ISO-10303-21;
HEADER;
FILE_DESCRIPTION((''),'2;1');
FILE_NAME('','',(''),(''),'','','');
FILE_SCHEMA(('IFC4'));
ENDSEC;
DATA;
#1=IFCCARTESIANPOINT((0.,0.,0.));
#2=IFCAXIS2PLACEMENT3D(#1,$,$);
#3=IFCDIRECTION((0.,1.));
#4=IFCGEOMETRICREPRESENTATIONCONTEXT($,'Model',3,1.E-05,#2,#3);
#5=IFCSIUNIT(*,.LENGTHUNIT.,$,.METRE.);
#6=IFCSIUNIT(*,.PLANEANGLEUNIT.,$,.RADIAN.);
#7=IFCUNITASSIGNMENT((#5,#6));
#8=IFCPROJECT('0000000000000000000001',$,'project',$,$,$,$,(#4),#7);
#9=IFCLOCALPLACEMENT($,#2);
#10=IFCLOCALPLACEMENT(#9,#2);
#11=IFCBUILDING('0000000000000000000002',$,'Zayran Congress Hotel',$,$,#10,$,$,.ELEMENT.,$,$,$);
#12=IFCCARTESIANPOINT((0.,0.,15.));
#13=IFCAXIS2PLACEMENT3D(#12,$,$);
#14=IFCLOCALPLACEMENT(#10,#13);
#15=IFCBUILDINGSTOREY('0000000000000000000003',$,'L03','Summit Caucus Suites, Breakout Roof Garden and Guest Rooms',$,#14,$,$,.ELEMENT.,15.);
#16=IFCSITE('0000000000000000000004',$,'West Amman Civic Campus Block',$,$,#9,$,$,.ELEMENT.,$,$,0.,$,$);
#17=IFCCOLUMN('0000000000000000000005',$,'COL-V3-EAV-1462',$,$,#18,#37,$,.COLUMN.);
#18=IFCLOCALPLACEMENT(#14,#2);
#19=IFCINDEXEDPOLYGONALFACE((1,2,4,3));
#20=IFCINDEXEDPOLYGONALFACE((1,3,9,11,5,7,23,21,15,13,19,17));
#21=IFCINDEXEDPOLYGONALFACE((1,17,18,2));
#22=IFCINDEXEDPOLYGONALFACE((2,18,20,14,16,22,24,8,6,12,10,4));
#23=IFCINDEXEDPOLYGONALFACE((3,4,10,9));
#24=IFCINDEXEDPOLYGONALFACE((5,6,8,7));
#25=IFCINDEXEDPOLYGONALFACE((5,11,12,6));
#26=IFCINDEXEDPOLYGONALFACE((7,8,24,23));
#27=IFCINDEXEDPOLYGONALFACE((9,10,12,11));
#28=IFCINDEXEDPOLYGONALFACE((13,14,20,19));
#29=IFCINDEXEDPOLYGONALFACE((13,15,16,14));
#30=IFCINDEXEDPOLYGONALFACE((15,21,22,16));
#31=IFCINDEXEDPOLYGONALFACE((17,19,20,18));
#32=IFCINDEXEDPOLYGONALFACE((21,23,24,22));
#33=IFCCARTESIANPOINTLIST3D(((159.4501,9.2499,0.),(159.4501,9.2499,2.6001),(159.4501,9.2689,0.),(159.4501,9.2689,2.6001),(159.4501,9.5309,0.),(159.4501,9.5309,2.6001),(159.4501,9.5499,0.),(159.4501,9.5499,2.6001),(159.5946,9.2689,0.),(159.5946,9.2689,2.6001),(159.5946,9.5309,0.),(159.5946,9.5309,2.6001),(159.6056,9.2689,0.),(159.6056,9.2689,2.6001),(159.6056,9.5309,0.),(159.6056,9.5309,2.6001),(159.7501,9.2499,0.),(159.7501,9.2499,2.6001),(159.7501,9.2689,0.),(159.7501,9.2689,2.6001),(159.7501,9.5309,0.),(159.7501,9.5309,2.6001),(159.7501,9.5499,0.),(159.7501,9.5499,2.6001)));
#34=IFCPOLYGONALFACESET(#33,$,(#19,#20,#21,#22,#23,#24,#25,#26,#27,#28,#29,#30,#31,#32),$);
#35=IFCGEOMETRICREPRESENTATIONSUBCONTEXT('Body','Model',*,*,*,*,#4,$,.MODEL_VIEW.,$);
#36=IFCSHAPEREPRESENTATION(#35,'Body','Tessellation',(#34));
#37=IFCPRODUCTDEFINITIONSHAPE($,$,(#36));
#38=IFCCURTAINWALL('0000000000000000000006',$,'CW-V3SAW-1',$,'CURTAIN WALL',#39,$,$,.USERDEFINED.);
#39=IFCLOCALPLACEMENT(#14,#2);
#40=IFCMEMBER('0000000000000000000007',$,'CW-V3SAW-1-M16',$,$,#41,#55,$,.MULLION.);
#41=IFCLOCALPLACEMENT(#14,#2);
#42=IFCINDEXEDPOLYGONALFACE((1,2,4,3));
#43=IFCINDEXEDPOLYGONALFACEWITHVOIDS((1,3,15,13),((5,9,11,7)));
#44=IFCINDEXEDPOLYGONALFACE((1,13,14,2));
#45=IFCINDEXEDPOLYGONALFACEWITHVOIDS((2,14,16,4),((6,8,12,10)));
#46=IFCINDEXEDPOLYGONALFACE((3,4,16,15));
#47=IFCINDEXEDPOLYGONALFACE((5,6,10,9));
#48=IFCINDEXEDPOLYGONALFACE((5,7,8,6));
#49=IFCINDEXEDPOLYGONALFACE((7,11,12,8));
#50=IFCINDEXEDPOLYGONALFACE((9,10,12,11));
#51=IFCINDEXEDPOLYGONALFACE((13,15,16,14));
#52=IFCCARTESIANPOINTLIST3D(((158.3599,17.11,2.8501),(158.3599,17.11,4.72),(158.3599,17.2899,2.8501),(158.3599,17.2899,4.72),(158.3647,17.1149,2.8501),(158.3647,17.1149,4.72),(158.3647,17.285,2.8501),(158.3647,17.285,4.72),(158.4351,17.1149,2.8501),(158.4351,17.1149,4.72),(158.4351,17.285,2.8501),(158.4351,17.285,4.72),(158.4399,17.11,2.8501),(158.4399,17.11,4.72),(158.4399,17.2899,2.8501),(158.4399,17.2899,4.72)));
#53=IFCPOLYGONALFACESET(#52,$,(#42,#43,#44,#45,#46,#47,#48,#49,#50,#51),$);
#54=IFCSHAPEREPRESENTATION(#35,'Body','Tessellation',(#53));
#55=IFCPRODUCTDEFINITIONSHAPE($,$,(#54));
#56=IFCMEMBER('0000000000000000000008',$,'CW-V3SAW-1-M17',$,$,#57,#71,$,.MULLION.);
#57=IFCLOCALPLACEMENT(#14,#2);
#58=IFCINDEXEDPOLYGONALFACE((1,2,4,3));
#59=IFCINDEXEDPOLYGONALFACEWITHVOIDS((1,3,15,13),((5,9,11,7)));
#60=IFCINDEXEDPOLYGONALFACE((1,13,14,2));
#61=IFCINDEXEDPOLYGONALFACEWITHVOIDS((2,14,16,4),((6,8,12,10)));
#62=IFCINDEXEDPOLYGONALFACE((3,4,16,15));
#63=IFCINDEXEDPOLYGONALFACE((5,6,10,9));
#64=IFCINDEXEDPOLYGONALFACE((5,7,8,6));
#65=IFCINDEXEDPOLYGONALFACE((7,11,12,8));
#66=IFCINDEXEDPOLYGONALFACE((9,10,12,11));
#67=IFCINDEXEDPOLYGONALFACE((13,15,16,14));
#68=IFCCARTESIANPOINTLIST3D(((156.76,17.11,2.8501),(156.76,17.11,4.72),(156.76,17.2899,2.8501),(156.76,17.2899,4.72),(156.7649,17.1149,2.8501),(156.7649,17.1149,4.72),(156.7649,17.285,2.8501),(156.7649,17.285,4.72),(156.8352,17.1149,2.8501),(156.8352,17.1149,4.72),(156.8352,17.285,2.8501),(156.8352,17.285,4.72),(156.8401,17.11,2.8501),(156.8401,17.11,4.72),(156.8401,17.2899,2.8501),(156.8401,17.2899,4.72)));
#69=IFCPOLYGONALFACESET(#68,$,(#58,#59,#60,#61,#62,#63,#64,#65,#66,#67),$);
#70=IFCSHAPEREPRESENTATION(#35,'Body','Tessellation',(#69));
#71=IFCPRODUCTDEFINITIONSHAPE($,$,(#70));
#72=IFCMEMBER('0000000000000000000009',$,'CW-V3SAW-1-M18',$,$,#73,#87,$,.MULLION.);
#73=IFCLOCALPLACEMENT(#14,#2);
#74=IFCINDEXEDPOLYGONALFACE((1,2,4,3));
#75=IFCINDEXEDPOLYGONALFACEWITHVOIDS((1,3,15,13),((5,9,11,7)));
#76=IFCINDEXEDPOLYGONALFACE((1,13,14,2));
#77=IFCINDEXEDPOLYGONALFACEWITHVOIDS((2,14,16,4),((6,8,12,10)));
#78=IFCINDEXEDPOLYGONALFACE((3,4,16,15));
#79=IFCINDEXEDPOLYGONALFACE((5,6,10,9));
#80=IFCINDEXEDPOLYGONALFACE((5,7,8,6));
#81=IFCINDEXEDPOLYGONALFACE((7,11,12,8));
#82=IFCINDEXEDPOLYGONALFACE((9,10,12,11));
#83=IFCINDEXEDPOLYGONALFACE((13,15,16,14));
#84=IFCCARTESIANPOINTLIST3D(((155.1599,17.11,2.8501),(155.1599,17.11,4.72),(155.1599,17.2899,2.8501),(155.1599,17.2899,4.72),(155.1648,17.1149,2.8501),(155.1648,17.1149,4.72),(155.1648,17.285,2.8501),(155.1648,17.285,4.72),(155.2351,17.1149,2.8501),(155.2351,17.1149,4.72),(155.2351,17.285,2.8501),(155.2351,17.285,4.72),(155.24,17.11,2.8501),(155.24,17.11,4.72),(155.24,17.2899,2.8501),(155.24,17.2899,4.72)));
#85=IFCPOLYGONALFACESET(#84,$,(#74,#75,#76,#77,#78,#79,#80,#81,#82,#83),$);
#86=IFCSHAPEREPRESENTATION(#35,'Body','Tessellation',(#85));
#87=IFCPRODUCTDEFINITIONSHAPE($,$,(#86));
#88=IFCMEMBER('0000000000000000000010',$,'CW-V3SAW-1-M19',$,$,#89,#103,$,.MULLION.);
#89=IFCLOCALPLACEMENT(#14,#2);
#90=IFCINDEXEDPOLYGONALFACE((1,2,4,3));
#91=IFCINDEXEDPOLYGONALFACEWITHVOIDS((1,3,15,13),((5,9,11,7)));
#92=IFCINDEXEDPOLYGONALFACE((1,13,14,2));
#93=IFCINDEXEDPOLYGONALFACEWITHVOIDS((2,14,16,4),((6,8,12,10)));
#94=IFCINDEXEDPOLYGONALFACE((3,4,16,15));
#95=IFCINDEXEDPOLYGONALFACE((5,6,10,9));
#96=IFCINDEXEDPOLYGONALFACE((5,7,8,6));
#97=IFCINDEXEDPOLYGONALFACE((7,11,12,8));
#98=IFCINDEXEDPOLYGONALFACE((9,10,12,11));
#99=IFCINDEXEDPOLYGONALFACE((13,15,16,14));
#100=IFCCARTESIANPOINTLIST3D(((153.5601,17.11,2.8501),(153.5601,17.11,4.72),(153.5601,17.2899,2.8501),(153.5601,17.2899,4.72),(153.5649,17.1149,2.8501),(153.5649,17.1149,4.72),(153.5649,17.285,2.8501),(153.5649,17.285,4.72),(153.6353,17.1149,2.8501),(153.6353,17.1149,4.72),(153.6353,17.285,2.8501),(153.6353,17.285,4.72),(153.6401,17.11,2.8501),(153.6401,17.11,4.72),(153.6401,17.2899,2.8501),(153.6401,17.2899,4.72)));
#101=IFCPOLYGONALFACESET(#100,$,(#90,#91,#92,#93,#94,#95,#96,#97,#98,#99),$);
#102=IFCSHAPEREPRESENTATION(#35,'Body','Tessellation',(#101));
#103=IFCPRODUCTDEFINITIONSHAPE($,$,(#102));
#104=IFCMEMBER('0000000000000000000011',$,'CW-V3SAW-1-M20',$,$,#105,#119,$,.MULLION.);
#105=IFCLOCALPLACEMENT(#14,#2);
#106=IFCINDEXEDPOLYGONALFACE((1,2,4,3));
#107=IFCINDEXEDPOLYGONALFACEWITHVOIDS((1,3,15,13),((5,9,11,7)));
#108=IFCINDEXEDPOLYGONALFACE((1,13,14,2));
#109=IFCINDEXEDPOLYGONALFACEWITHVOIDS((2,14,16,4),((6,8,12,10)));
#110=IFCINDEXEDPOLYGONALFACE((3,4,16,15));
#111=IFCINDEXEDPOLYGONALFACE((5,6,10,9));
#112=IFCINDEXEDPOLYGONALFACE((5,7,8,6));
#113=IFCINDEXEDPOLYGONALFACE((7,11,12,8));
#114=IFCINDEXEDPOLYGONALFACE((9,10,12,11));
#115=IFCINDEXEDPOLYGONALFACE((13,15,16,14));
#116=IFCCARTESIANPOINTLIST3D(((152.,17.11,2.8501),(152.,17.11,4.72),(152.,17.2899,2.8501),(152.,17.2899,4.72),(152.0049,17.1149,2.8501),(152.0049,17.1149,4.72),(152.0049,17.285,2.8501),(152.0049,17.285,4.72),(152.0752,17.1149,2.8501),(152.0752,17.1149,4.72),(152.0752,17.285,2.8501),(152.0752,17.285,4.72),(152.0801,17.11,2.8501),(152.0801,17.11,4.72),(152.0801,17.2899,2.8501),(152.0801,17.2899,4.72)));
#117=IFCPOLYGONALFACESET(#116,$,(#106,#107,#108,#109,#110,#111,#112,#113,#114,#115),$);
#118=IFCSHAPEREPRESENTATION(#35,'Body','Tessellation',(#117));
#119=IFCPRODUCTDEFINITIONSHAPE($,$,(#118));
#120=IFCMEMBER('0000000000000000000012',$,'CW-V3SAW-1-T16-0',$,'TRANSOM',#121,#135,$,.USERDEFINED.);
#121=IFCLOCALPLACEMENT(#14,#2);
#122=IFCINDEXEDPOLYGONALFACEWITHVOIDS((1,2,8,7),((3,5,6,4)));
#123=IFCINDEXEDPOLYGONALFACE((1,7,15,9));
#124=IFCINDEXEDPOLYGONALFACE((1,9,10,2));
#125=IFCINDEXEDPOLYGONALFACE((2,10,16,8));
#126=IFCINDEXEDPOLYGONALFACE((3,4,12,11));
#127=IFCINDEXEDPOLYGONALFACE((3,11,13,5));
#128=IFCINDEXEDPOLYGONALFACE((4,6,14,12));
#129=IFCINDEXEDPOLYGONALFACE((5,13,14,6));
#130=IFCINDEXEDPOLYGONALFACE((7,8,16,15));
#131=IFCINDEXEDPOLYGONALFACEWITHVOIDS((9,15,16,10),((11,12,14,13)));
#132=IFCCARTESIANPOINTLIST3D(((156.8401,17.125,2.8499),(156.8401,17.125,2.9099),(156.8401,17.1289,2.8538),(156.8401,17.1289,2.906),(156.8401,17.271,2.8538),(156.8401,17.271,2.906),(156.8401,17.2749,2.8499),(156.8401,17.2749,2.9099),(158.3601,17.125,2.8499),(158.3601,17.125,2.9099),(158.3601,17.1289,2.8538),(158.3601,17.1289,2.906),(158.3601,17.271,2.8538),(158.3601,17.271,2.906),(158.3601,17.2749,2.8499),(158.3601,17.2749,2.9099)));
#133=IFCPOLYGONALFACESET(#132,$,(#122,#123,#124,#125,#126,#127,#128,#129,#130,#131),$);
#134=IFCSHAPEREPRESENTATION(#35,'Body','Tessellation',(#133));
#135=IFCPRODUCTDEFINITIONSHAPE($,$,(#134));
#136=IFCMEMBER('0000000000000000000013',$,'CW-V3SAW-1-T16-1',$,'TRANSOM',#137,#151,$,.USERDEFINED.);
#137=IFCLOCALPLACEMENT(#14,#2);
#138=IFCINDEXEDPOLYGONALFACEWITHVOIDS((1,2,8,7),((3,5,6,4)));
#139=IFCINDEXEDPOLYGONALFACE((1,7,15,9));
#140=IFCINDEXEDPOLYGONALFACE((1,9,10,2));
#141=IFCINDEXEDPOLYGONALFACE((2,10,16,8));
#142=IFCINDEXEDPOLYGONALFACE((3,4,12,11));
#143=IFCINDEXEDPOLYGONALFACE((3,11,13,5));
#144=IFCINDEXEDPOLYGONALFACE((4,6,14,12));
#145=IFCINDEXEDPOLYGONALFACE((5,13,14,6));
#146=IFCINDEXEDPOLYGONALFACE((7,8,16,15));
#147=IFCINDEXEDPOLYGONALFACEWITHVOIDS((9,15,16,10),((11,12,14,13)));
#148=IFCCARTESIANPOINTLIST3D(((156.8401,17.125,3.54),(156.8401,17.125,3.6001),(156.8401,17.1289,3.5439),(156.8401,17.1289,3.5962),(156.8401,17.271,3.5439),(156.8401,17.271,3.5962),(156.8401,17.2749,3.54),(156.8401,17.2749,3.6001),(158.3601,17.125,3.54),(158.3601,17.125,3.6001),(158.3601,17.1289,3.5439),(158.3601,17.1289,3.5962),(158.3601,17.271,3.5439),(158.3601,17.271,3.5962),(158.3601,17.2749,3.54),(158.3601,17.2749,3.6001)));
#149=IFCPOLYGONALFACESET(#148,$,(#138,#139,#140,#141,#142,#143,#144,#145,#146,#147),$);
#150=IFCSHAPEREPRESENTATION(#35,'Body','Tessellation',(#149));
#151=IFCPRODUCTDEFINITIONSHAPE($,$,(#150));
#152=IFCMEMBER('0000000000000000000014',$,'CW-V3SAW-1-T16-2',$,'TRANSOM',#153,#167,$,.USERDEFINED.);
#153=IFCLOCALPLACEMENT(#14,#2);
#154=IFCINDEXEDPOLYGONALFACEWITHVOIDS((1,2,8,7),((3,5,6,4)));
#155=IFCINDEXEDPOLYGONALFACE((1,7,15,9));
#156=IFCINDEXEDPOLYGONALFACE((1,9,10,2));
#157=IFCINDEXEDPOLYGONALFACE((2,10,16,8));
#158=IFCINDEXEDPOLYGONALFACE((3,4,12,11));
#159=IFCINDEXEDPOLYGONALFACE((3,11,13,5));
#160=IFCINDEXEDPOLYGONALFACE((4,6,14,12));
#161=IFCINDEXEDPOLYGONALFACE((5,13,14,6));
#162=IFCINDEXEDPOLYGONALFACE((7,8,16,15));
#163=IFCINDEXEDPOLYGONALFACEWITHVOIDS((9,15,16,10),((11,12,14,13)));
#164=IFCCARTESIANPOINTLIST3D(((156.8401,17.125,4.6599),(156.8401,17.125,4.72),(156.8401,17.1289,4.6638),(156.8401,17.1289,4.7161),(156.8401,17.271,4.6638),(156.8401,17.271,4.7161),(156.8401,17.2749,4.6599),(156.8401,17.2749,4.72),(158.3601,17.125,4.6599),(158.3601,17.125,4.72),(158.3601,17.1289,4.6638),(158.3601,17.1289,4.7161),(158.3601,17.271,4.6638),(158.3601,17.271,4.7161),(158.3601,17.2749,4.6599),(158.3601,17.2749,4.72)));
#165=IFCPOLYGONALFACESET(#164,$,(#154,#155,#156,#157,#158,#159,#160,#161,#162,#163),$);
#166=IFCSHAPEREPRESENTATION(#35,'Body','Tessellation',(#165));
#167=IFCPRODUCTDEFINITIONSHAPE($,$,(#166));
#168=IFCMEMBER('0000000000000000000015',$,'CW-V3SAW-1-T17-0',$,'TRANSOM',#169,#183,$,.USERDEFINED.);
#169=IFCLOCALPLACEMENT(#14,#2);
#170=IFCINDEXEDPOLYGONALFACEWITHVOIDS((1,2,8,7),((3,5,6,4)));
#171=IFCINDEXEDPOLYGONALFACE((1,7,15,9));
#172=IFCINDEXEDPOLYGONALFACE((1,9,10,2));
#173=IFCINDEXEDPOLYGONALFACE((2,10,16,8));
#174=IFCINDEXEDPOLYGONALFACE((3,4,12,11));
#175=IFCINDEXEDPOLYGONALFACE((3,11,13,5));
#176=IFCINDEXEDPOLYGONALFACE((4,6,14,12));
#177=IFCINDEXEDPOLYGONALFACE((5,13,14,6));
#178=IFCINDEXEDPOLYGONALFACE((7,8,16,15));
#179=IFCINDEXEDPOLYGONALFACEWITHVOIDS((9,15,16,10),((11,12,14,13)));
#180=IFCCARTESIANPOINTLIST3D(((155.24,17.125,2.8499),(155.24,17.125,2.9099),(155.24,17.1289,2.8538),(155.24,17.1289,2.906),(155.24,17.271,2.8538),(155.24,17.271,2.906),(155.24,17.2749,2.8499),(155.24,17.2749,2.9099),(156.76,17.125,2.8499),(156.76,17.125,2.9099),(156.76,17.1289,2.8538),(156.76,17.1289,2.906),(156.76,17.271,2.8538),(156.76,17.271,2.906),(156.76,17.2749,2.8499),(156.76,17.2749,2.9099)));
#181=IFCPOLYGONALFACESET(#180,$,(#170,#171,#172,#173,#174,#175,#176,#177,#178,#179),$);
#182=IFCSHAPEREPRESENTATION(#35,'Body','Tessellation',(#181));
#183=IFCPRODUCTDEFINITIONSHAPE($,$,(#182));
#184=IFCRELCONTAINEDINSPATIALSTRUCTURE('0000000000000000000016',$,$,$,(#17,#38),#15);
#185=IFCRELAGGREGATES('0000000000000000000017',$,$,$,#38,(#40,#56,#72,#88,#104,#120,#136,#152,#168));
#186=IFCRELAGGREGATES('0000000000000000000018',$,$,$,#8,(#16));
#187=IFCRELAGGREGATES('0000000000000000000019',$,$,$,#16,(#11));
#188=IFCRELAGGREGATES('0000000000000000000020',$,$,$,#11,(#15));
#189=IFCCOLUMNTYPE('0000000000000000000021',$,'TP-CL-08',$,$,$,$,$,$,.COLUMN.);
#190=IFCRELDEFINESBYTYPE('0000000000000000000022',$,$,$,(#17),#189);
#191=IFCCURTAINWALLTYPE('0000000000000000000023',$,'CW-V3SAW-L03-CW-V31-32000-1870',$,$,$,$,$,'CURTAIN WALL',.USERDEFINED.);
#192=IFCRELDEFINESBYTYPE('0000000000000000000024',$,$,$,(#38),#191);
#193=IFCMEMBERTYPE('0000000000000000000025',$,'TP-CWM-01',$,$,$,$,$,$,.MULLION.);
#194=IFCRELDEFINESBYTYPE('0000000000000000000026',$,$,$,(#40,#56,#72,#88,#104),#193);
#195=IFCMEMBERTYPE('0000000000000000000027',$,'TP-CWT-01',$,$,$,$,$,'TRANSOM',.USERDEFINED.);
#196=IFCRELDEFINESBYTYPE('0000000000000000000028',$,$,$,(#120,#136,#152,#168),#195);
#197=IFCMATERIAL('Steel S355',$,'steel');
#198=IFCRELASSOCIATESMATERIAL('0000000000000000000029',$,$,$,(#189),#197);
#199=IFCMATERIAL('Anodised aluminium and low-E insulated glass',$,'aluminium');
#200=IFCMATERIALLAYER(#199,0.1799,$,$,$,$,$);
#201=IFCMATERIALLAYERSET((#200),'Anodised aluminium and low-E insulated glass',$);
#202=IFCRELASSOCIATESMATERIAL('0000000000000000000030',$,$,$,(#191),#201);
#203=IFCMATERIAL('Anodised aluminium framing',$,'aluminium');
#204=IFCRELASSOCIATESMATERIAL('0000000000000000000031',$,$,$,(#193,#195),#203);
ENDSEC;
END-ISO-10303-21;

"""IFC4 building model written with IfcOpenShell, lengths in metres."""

from ifc_helpers import new_model, si_unit, direction, frame, origin, origin_2d, place, context, subcontext, project, spatial, hollow_rectangle, i_section, extrude, material, layer, layer_set, material_profile, profile_set, type_object, element, aggregate, save


model = new_model("IFC4")

# Units and contexts
model_context = context("Model", 3, precision=1e-05, world=origin(), true_north=direction((0.0, 1.0)))
body_context = subcontext(model_context, "Body", "Model", "MODEL_VIEW")
ifc_project = project(units=[si_unit("LENGTHUNIT", "METRE"), si_unit("PLANEANGLEUNIT", "RADIAN")], contexts=[model_context])

# Site, building, storey
site_placement = place(None, origin())
site = spatial("IfcSite", under=ifc_project, at=site_placement, Name="West Amman Civic Campus Block", CompositionType="ELEMENT", RefElevation=0.0)
building_placement = place(site_placement, origin())
building = spatial("IfcBuilding", under=site, at=building_placement, Name="Zayran Congress Hotel", CompositionType="ELEMENT")
storey_placement = place(building_placement, frame((0.0, 0.0, 15.0)))
storey = spatial("IfcBuildingStorey", under=building, at=storey_placement, Name="L03", Description="Summit Caucus Suites, Breakout Roof Garden and Guest Rooms", CompositionType="ELEMENT", Elevation=15.0)

# Column
ifc_material_1 = material(Name="Steel S355", Category="steel")
ifc_material_profile_1 = material_profile(ifc_material_1, i_section(OverallWidth=0.3, OverallDepth=0.3, WebThickness=0.011, FlangeThickness=0.019, at=origin_2d()), Name="HEB 300")
ifc_profile_set_1 = profile_set([ifc_material_profile_1], Name="Steel S355")
column_type = type_object("IfcColumnType", Name="TP-CL-08", PredefinedType="COLUMN", material=ifc_profile_set_1)
column_placement = place(storey_placement, frame((159.6001, 9.3999, 0.0), z_axis=(0.0, 0.0, 1.0), x_axis=(1.0, 0.0, 0.0)))
element("IfcColumn", 1, at=column_placement, inside=storey, type_object=column_type, Name="COL-V3-EAV-1462", PredefinedType="COLUMN", context=body_context, shape_type="SweptSolid", body=[
    extrude(i_section(OverallWidth=0.3, OverallDepth=0.3, WebThickness=0.011, FlangeThickness=0.019, at=origin_2d()), origin(), (0.0, 0.0, 1.0), 2.6001),
])

# Curtain wall, members
ifc_material_2 = material(Name="Anodised aluminium and low-E insulated glass", Category="aluminium")
ifc_layer_1 = layer(ifc_material_2, 0.1799)
ifc_layer_set_1 = layer_set([ifc_layer_1], Name="Anodised aluminium and low-E insulated glass")
curtain_wall_type = type_object("IfcCurtainWallType", Name="CW-V3SAW-L03-CW-V31-32000-1870", ElementType="CURTAIN WALL", PredefinedType="USERDEFINED", material=ifc_layer_set_1)
curtain_wall_placement = place(storey_placement, origin())
curtain_wall = element("IfcCurtainWall", 2, at=curtain_wall_placement, inside=storey, type_object=curtain_wall_type, Name="CW-V3SAW-1", ObjectType="CURTAIN WALL", PredefinedType="USERDEFINED")
ifc_material_3 = material(Name="Anodised aluminium framing", Category="aluminium")
ifc_material_profile_2 = material_profile(ifc_material_3, hollow_rectangle(XDim=0.0801, YDim=0.1799, WallThickness=0.0049, at=origin_2d()), Name="RHS 180x80x5")
ifc_profile_set_2 = profile_set([ifc_material_profile_2], Name="Anodised aluminium framing")
member_type_1 = type_object("IfcMemberType", Name="TP-CWM-01", PredefinedType="MULLION", material=ifc_profile_set_2)
member_1_placement = place(storey_placement, frame((158.3999, 17.2, 2.8501), z_axis=(0.0, 0.0, 1.0), x_axis=(1.0, 0.0, 0.0)))
member_1 = element("IfcMember", 3, at=member_1_placement, type_object=member_type_1, Name="CW-V3SAW-1-M16", PredefinedType="MULLION", context=body_context, shape_type="SweptSolid", body=[
    extrude(hollow_rectangle(XDim=0.0801, YDim=0.1799, WallThickness=0.0049, at=origin_2d()), origin(), (0.0, 0.0, 1.0), 1.8699),
])
member_2_placement = place(storey_placement, frame((156.8, 17.2, 2.8501), z_axis=(0.0, 0.0, 1.0), x_axis=(1.0, 0.0, 0.0)))
member_2 = element("IfcMember", 4, at=member_2_placement, type_object=member_type_1, Name="CW-V3SAW-1-M17", PredefinedType="MULLION", context=body_context, shape_type="SweptSolid", body=[
    extrude(hollow_rectangle(XDim=0.0801, YDim=0.1799, WallThickness=0.0049, at=origin_2d()), origin(), (0.0, 0.0, 1.0), 1.8699),
])
member_3_placement = place(storey_placement, frame((155.2, 17.2, 2.8501), z_axis=(0.0, 0.0, 1.0), x_axis=(1.0, 0.0, 0.0)))
member_3 = element("IfcMember", 5, at=member_3_placement, type_object=member_type_1, Name="CW-V3SAW-1-M18", PredefinedType="MULLION", context=body_context, shape_type="SweptSolid", body=[
    extrude(hollow_rectangle(XDim=0.0801, YDim=0.1799, WallThickness=0.0049, at=origin_2d()), origin(), (0.0, 0.0, 1.0), 1.8699),
])
member_4_placement = place(storey_placement, frame((153.6001, 17.2, 2.8501), z_axis=(0.0, 0.0, 1.0), x_axis=(1.0, 0.0, 0.0)))
member_4 = element("IfcMember", 6, at=member_4_placement, type_object=member_type_1, Name="CW-V3SAW-1-M19", PredefinedType="MULLION", context=body_context, shape_type="SweptSolid", body=[
    extrude(hollow_rectangle(XDim=0.0801, YDim=0.1799, WallThickness=0.0049, at=origin_2d()), origin(), (0.0, 0.0, 1.0), 1.8699),
])
member_5_placement = place(storey_placement, frame((152.04, 17.2, 2.8501), z_axis=(0.0, 0.0, 1.0), x_axis=(1.0, 0.0, 0.0)))
member_5 = element("IfcMember", 7, at=member_5_placement, type_object=member_type_1, Name="CW-V3SAW-1-M20", PredefinedType="MULLION", context=body_context, shape_type="SweptSolid", body=[
    extrude(hollow_rectangle(XDim=0.0801, YDim=0.1799, WallThickness=0.0049, at=origin_2d()), origin(), (0.0, 0.0, 1.0), 1.8699),
])
ifc_material_profile_3 = material_profile(ifc_material_3, hollow_rectangle(XDim=0.0601, YDim=0.1499, WallThickness=0.0039, at=origin_2d()), Name="RHS 150x60x4")
ifc_profile_set_3 = profile_set([ifc_material_profile_3], Name="Anodised aluminium framing")
member_type_2 = type_object("IfcMemberType", Name="TP-CWT-01", ElementType="TRANSOM", PredefinedType="USERDEFINED", material=ifc_profile_set_3)
member_6_placement = place(storey_placement, frame((158.3601, 17.2, 2.8799), z_axis=(-1.0, 0.0, 0.0), x_axis=(0.0, 0.0, 1.0)))
member_6 = element("IfcMember", 8, at=member_6_placement, type_object=member_type_2, Name="CW-V3SAW-1-T16-0", ObjectType="TRANSOM", PredefinedType="USERDEFINED", context=body_context, shape_type="SweptSolid", body=[
    extrude(hollow_rectangle(XDim=0.0601, YDim=0.1499, WallThickness=0.0039, at=origin_2d()), origin(), (0.0, 0.0, 1.0), 1.52),
])
member_7_placement = place(storey_placement, frame((158.3601, 17.2, 3.5701), z_axis=(-1.0, 0.0, 0.0), x_axis=(0.0, 0.0, 1.0)))
member_7 = element("IfcMember", 9, at=member_7_placement, type_object=member_type_2, Name="CW-V3SAW-1-T16-1", ObjectType="TRANSOM", PredefinedType="USERDEFINED", context=body_context, shape_type="SweptSolid", body=[
    extrude(hollow_rectangle(XDim=0.0601, YDim=0.1499, WallThickness=0.0039, at=origin_2d()), origin(), (0.0, 0.0, 1.0), 1.52),
])
member_8_placement = place(storey_placement, frame((158.3601, 17.2, 4.6899), z_axis=(-1.0, 0.0, 0.0), x_axis=(0.0, 0.0, 1.0)))
member_8 = element("IfcMember", 10, at=member_8_placement, type_object=member_type_2, Name="CW-V3SAW-1-T16-2", ObjectType="TRANSOM", PredefinedType="USERDEFINED", context=body_context, shape_type="SweptSolid", body=[
    extrude(hollow_rectangle(XDim=0.0601, YDim=0.1499, WallThickness=0.0039, at=origin_2d()), origin(), (0.0, 0.0, 1.0), 1.52),
])
member_9_placement = place(storey_placement, frame((156.76, 17.2, 2.8799), z_axis=(-1.0, 0.0, 0.0), x_axis=(0.0, 0.0, 1.0)))
member_9 = element("IfcMember", 11, at=member_9_placement, type_object=member_type_2, Name="CW-V3SAW-1-T17-0", ObjectType="TRANSOM", PredefinedType="USERDEFINED", context=body_context, shape_type="SweptSolid", body=[
    extrude(hollow_rectangle(XDim=0.0601, YDim=0.1499, WallThickness=0.0039, at=origin_2d()), origin(), (0.0, 0.0, 1.0), 1.52),
])
aggregate(curtain_wall, [member_1, member_2, member_3, member_4, member_5, member_6, member_7, member_8, member_9])

save(model, "model.ifc")
